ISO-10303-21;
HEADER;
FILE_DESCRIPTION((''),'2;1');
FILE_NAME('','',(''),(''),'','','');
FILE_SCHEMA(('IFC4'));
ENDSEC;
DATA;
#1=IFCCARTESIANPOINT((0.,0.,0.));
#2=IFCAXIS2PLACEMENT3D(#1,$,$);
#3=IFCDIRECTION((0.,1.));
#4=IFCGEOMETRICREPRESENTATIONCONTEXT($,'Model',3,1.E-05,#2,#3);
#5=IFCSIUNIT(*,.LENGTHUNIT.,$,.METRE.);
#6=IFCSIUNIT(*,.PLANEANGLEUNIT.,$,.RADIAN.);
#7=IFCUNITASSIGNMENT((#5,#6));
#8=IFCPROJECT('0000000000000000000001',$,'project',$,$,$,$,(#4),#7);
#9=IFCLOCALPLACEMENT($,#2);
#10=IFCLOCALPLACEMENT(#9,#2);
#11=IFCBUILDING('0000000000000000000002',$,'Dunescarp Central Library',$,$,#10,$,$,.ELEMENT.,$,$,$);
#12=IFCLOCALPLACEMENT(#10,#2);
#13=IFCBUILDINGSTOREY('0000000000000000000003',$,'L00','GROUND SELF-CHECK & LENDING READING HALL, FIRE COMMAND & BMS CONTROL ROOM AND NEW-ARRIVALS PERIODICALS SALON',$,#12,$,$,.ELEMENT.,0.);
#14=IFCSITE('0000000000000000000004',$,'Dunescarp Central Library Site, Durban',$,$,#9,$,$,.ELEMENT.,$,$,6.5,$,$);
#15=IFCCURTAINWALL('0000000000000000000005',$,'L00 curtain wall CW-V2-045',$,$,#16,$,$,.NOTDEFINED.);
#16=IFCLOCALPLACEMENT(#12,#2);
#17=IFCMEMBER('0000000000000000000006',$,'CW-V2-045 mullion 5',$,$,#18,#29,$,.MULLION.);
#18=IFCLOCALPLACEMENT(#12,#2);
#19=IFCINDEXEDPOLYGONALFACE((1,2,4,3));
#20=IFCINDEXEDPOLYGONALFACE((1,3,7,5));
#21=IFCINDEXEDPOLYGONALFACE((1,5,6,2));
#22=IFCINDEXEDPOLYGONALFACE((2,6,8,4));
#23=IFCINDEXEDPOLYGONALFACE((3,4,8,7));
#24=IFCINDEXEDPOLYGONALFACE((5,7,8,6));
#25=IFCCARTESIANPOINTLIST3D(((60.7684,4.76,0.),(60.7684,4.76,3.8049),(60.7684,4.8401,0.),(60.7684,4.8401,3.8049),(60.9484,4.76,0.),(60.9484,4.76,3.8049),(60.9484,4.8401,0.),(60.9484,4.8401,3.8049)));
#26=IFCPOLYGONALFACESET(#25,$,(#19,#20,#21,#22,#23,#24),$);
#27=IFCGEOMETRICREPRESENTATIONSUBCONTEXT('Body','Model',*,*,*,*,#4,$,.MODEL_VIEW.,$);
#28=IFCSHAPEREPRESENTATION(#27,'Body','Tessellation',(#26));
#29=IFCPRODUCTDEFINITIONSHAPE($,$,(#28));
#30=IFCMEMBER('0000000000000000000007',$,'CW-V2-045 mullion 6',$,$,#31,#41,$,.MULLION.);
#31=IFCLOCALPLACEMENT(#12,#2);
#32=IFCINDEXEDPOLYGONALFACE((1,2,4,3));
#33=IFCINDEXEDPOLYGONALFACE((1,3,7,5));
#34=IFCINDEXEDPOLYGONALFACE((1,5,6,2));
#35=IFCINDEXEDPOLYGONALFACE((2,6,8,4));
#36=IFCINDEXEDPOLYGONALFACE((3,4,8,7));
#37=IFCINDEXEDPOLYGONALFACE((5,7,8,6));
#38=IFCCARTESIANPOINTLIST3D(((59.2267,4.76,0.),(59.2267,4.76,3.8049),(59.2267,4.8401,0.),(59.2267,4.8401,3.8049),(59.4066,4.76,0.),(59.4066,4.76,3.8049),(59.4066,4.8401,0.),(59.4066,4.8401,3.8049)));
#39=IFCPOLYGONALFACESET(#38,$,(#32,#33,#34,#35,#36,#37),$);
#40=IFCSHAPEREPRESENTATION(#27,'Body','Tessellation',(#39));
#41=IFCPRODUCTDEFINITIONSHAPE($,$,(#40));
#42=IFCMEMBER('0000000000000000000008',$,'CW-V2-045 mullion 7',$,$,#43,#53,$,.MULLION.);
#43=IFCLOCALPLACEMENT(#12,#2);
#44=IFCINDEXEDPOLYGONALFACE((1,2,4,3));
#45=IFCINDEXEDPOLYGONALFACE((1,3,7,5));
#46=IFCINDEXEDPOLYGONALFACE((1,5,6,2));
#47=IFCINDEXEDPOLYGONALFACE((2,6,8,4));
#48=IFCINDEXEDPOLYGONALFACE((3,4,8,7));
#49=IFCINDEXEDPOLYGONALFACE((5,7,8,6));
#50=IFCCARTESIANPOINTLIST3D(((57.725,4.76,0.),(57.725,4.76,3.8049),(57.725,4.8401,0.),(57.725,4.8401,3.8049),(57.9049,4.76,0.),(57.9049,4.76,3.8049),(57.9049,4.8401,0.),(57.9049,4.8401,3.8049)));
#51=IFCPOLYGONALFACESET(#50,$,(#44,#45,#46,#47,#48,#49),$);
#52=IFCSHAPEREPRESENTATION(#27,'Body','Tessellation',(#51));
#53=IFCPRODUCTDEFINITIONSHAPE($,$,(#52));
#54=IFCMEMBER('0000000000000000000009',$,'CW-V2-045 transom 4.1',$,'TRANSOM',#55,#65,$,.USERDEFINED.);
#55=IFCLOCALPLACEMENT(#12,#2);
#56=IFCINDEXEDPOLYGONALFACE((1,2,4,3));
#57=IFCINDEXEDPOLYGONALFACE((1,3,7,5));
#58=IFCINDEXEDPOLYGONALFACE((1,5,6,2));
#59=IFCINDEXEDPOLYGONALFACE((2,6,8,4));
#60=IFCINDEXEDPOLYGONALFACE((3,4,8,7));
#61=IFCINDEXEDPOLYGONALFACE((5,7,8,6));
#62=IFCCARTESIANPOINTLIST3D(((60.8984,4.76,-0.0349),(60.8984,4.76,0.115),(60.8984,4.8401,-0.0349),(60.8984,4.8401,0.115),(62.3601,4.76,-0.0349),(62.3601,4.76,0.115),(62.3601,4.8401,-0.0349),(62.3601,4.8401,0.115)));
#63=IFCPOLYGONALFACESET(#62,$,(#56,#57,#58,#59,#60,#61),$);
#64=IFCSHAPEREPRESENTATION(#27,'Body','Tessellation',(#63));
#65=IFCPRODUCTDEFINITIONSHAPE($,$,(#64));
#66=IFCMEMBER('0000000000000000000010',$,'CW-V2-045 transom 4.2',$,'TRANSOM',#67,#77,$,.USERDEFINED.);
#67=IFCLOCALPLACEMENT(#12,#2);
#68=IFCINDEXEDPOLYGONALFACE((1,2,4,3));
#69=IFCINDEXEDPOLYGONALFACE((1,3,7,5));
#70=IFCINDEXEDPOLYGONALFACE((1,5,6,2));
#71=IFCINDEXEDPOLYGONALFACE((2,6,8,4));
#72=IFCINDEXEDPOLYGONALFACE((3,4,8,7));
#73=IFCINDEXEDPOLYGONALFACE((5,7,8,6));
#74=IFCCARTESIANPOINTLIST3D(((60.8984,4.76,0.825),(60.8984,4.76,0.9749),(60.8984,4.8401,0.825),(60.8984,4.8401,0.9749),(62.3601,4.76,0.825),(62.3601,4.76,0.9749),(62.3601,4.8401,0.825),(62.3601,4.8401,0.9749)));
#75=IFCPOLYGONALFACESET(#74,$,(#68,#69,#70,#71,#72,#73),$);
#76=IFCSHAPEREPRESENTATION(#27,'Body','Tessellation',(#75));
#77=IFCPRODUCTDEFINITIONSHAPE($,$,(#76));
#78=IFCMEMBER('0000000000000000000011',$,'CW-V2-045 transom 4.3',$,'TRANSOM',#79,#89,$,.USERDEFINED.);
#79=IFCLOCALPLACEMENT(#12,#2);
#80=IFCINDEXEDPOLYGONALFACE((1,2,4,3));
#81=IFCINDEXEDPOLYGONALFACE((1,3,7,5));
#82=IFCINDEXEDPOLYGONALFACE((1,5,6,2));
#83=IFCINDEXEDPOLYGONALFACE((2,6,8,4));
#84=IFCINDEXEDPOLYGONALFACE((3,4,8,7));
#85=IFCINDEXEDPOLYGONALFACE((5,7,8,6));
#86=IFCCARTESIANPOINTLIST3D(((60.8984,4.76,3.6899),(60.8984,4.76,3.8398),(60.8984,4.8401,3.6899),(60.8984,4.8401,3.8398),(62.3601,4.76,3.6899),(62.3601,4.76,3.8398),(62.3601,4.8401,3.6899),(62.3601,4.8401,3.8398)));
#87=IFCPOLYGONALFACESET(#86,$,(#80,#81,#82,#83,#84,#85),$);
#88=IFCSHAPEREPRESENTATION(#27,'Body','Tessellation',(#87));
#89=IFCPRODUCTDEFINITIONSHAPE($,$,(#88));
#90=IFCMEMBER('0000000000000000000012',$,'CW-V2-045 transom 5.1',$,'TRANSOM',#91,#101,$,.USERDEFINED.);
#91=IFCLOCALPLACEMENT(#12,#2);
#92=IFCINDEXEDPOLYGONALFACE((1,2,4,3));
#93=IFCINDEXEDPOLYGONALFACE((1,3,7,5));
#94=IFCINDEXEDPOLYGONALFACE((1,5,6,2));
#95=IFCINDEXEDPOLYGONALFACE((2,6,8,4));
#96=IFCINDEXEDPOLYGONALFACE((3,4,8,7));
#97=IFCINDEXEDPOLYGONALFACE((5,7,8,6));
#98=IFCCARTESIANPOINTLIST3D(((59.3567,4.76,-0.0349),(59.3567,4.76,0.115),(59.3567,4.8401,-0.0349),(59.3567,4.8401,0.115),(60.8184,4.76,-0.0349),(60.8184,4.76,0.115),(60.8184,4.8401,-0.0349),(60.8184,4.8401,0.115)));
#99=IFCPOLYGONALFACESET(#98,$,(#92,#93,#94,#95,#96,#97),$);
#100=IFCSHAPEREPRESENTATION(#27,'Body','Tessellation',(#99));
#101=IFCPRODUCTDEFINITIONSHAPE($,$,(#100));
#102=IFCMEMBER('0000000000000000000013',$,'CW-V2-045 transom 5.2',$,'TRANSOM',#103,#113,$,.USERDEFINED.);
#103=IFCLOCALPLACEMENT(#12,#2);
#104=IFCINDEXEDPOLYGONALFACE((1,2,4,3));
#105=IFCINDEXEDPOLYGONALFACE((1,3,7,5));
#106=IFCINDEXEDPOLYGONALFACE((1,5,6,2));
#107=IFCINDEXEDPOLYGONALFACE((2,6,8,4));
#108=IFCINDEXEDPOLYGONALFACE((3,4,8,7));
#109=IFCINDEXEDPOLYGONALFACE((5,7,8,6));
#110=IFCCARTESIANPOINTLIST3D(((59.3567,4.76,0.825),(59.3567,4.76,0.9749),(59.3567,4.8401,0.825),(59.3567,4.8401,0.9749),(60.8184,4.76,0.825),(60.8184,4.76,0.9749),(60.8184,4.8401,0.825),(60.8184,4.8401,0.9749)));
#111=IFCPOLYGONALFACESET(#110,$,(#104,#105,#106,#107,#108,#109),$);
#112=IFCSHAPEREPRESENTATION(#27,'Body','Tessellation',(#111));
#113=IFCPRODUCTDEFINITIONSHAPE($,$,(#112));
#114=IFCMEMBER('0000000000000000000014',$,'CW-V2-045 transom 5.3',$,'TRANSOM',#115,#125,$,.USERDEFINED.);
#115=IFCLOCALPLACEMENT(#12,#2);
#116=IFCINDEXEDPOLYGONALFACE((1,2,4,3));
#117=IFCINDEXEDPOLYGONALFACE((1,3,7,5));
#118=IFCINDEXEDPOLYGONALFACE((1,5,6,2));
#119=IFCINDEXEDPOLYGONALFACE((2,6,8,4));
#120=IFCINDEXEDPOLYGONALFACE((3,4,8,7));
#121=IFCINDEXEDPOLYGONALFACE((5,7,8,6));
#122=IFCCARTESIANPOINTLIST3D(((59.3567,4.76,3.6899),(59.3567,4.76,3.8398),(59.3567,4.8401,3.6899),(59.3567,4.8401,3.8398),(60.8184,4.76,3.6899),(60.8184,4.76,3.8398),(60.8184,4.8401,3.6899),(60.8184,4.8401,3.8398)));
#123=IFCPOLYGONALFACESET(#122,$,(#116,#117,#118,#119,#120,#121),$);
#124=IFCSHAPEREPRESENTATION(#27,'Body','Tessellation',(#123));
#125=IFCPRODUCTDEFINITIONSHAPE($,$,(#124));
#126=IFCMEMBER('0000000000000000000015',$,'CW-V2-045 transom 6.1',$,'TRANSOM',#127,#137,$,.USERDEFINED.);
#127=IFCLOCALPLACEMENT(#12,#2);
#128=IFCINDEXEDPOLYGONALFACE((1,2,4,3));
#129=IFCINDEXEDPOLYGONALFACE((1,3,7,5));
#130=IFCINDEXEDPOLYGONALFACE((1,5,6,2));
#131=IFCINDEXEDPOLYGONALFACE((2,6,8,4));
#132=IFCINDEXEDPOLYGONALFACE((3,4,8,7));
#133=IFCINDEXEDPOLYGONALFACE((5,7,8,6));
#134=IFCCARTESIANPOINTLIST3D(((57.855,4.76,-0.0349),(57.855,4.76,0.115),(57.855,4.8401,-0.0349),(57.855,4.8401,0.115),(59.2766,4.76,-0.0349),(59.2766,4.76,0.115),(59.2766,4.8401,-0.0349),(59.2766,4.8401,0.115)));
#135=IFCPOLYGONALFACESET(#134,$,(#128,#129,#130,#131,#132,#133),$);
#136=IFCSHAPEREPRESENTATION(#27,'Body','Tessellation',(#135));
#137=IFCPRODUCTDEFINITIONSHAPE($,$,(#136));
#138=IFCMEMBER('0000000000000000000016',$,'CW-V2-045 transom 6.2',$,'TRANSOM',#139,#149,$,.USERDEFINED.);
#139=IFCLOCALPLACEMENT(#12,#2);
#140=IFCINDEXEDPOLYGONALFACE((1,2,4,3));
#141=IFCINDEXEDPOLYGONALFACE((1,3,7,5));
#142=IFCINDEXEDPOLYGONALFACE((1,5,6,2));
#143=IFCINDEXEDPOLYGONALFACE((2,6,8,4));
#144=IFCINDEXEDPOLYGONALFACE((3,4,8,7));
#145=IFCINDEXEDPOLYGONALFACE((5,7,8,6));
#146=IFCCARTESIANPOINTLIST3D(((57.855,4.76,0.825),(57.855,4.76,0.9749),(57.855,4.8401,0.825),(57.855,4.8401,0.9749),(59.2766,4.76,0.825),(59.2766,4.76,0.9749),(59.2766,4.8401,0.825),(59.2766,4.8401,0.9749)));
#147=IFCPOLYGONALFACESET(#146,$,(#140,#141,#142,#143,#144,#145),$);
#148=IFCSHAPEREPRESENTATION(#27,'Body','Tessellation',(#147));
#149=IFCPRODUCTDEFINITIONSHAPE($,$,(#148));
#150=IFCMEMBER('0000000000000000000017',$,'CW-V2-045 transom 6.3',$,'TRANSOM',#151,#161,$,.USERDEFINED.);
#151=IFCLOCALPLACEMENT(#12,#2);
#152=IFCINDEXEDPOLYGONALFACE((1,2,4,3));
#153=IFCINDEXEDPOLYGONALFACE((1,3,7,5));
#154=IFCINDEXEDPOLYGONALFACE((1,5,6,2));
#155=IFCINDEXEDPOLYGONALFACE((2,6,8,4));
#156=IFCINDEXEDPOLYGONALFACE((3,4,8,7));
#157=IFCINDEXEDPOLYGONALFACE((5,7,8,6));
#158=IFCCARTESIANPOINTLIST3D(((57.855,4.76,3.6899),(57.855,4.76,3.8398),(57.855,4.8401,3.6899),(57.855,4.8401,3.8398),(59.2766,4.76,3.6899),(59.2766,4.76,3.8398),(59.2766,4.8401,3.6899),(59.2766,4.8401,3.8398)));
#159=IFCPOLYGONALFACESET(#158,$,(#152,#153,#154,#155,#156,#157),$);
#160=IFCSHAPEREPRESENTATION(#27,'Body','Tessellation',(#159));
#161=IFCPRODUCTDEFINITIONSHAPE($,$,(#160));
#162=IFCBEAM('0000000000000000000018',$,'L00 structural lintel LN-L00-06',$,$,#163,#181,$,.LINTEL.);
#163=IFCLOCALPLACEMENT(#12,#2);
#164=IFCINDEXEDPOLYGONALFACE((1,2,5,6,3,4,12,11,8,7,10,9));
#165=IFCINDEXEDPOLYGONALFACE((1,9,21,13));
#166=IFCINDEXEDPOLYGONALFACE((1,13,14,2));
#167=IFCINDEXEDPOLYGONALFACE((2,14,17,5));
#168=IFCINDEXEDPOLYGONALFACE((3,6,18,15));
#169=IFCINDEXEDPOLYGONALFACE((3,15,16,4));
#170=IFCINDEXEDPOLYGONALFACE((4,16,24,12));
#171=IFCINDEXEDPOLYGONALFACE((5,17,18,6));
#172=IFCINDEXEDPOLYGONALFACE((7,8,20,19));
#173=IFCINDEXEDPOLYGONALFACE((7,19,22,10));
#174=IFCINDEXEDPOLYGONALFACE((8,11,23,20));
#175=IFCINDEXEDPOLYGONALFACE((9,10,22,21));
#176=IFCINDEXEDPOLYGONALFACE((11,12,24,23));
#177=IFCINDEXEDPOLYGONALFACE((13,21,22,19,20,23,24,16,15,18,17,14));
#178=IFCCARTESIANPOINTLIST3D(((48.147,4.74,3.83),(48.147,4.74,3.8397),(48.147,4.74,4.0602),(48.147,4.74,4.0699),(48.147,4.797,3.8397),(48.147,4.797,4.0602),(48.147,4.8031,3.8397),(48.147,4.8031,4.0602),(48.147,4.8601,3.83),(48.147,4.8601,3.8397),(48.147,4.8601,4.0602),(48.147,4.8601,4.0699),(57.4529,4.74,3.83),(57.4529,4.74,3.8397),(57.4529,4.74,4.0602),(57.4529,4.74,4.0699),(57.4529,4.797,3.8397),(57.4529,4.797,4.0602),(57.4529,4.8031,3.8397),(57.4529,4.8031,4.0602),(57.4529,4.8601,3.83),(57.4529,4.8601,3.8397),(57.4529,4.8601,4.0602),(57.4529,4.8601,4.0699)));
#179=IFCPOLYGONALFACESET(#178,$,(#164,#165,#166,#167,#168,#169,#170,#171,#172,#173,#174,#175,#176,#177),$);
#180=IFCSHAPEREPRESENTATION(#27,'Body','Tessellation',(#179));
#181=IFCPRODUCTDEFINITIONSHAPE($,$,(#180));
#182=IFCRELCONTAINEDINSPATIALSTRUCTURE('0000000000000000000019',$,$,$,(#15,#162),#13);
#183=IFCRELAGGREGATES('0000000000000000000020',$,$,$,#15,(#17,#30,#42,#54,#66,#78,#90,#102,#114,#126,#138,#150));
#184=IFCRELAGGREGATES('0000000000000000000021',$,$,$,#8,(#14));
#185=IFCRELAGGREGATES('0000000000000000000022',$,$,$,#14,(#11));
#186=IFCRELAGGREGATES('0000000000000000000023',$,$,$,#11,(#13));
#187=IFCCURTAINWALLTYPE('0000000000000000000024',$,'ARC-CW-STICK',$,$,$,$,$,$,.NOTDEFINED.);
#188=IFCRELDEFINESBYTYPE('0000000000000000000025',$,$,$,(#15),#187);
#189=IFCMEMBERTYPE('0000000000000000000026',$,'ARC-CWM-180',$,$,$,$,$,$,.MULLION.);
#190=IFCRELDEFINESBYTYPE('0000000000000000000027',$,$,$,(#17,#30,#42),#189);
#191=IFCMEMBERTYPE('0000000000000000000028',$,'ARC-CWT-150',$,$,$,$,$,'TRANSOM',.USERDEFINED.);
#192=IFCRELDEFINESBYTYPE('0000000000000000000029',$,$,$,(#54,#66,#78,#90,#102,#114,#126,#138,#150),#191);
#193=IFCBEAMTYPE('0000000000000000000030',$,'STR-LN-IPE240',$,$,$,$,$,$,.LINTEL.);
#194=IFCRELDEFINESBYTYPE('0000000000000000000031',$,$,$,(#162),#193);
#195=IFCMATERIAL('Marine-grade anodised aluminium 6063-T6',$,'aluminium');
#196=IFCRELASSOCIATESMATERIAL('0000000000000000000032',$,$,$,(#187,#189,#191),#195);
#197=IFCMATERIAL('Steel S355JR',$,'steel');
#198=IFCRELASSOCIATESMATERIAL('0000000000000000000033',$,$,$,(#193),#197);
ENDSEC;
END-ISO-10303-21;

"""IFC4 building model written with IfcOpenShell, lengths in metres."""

from ifc_helpers import new_model, si_unit, direction, frame, origin, origin_2d, place, context, subcontext, project, spatial, rectangle, i_section, extrude, material, material_profile, profile_set, type_object, element, aggregate, save


model = new_model("IFC4")

# Units and contexts
model_context = context("Model", 3, precision=1e-05, world=origin(), true_north=direction((0.0, 1.0)))
body_context = subcontext(model_context, "Body", "Model", "MODEL_VIEW")
ifc_project = project(units=[si_unit("LENGTHUNIT", "METRE"), si_unit("PLANEANGLEUNIT", "RADIAN")], contexts=[model_context])

# Site, building, storey
site_placement = place(None, origin())
site = spatial("IfcSite", under=ifc_project, at=site_placement, Name="Dunescarp Central Library Site, Durban", CompositionType="ELEMENT", RefElevation=6.5)
building_placement = place(site_placement, origin())
building = spatial("IfcBuilding", under=site, at=building_placement, Name="Dunescarp Central Library", CompositionType="ELEMENT")
storey_placement = place(building_placement, origin())
storey = spatial("IfcBuildingStorey", under=building, at=storey_placement, Name="L00", Description="GROUND SELF-CHECK & LENDING READING HALL, FIRE COMMAND & BMS CONTROL ROOM AND NEW-ARRIVALS PERIODICALS SALON", CompositionType="ELEMENT", Elevation=0.0)

# Shared definitions
ifc_material_1 = material(Name="Steel S355JR", Category="steel")

# Curtain wall, members
ifc_material_2 = material(Name="Marine-grade anodised aluminium 6063-T6", Category="aluminium")
curtain_wall_type = type_object("IfcCurtainWallType", Name="ARC-CW-STICK", PredefinedType="NOTDEFINED", material=ifc_material_2)
curtain_wall_placement = place(storey_placement, origin())
curtain_wall = element("IfcCurtainWall", 1, at=curtain_wall_placement, inside=storey, type_object=curtain_wall_type, Name="L00 curtain wall CW-V2-045", PredefinedType="NOTDEFINED")
ifc_material_profile_1 = material_profile(ifc_material_2, rectangle(XDim=0.0801, YDim=0.1799, at=origin_2d()), Name="AL 80x180")
ifc_profile_set_1 = profile_set([ifc_material_profile_1], Name="Marine-grade anodised aluminium 6063-T6")
member_type_1 = type_object("IfcMemberType", Name="ARC-CWM-180", PredefinedType="MULLION", material=ifc_profile_set_1)
member_1_placement = place(storey_placement, frame((60.8584, 4.8, 0.0), z_axis=(0.0, 0.0, 1.0), x_axis=(0.0, -1.0, 0.0)))
member_1 = element("IfcMember", 2, at=member_1_placement, type_object=member_type_1, Name="CW-V2-045 mullion 5", PredefinedType="MULLION", context=body_context, shape_type="SweptSolid", body=[
    extrude(rectangle(XDim=0.0801, YDim=0.1799, at=origin_2d()), origin(), (0.0, 0.0, 1.0), 3.8049),
])
member_2_placement = place(storey_placement, frame((59.3167, 4.8, 0.0), z_axis=(0.0, 0.0, 1.0), x_axis=(0.0, -1.0, 0.0)))
member_2 = element("IfcMember", 3, at=member_2_placement, type_object=member_type_1, Name="CW-V2-045 mullion 6", PredefinedType="MULLION", context=body_context, shape_type="SweptSolid", body=[
    extrude(rectangle(XDim=0.0801, YDim=0.1799, at=origin_2d()), origin(), (0.0, 0.0, 1.0), 3.8049),
])
member_3_placement = place(storey_placement, frame((57.8149, 4.8, 0.0), z_axis=(0.0, 0.0, 1.0), x_axis=(0.0, -1.0, 0.0)))
member_3 = element("IfcMember", 4, at=member_3_placement, type_object=member_type_1, Name="CW-V2-045 mullion 7", PredefinedType="MULLION", context=body_context, shape_type="SweptSolid", body=[
    extrude(rectangle(XDim=0.0801, YDim=0.1799, at=origin_2d()), origin(), (0.0, 0.0, 1.0), 3.8049),
])
ifc_material_profile_2 = material_profile(ifc_material_2, rectangle(XDim=0.0801, YDim=0.1499, at=origin_2d()), Name="AL 80x150")
ifc_profile_set_2 = profile_set([ifc_material_profile_2], Name="Marine-grade anodised aluminium 6063-T6")
member_type_2 = type_object("IfcMemberType", Name="ARC-CWT-150", ElementType="TRANSOM", PredefinedType="USERDEFINED", material=ifc_profile_set_2)
member_4_placement = place(storey_placement, frame((62.3601, 4.8, 0.04), z_axis=(-1.0, 0.0, 0.0), x_axis=(0.0, -1.0, 0.0)))
member_4 = element("IfcMember", 5, at=member_4_placement, type_object=member_type_2, Name="CW-V2-045 transom 4.1", ObjectType="TRANSOM", PredefinedType="USERDEFINED", context=body_context, shape_type="SweptSolid", body=[
    extrude(rectangle(XDim=0.0801, YDim=0.1499, at=origin_2d()), origin(), (0.0, 0.0, 1.0), 1.4617),
])
member_5_placement = place(storey_placement, frame((62.3601, 4.8, 0.8999), z_axis=(-1.0, 0.0, 0.0), x_axis=(0.0, -1.0, 0.0)))
member_5 = element("IfcMember", 6, at=member_5_placement, type_object=member_type_2, Name="CW-V2-045 transom 4.2", ObjectType="TRANSOM", PredefinedType="USERDEFINED", context=body_context, shape_type="SweptSolid", body=[
    extrude(rectangle(XDim=0.0801, YDim=0.1499, at=origin_2d()), origin(), (0.0, 0.0, 1.0), 1.4617),
])
member_6_placement = place(storey_placement, frame((62.3601, 4.8, 3.7649), z_axis=(-1.0, 0.0, 0.0), x_axis=(0.0, -1.0, 0.0)))
member_6 = element("IfcMember", 7, at=member_6_placement, type_object=member_type_2, Name="CW-V2-045 transom 4.3", ObjectType="TRANSOM", PredefinedType="USERDEFINED", context=body_context, shape_type="SweptSolid", body=[
    extrude(rectangle(XDim=0.0801, YDim=0.1499, at=origin_2d()), origin(), (0.0, 0.0, 1.0), 1.4617),
])
member_7_placement = place(storey_placement, frame((60.8184, 4.8, 0.04), z_axis=(-1.0, 0.0, 0.0), x_axis=(0.0, -1.0, 0.0)))
member_7 = element("IfcMember", 8, at=member_7_placement, type_object=member_type_2, Name="CW-V2-045 transom 5.1", ObjectType="TRANSOM", PredefinedType="USERDEFINED", context=body_context, shape_type="SweptSolid", body=[
    extrude(rectangle(XDim=0.0801, YDim=0.1499, at=origin_2d()), origin(), (0.0, 0.0, 1.0), 1.4617),
])
member_8_placement = place(storey_placement, frame((60.8184, 4.8, 0.8999), z_axis=(-1.0, 0.0, 0.0), x_axis=(0.0, -1.0, 0.0)))
member_8 = element("IfcMember", 9, at=member_8_placement, type_object=member_type_2, Name="CW-V2-045 transom 5.2", ObjectType="TRANSOM", PredefinedType="USERDEFINED", context=body_context, shape_type="SweptSolid", body=[
    extrude(rectangle(XDim=0.0801, YDim=0.1499, at=origin_2d()), origin(), (0.0, 0.0, 1.0), 1.4617),
])
member_9_placement = place(storey_placement, frame((60.8184, 4.8, 3.7649), z_axis=(-1.0, 0.0, 0.0), x_axis=(0.0, -1.0, 0.0)))
member_9 = element("IfcMember", 10, at=member_9_placement, type_object=member_type_2, Name="CW-V2-045 transom 5.3", ObjectType="TRANSOM", PredefinedType="USERDEFINED", context=body_context, shape_type="SweptSolid", body=[
    extrude(rectangle(XDim=0.0801, YDim=0.1499, at=origin_2d()), origin(), (0.0, 0.0, 1.0), 1.4617),
])
member_10_placement = place(storey_placement, frame((59.2766, 4.8, 0.04), z_axis=(-1.0, 0.0, 0.0), x_axis=(0.0, -1.0, 0.0)))
member_10 = element("IfcMember", 11, at=member_10_placement, type_object=member_type_2, Name="CW-V2-045 transom 6.1", ObjectType="TRANSOM", PredefinedType="USERDEFINED", context=body_context, shape_type="SweptSolid", body=[
    extrude(rectangle(XDim=0.0801, YDim=0.1499, at=origin_2d()), origin(), (0.0, 0.0, 1.0), 1.4216),
])
member_11_placement = place(storey_placement, frame((59.2766, 4.8, 0.8999), z_axis=(-1.0, 0.0, 0.0), x_axis=(0.0, -1.0, 0.0)))
member_11 = element("IfcMember", 12, at=member_11_placement, type_object=member_type_2, Name="CW-V2-045 transom 6.2", ObjectType="TRANSOM", PredefinedType="USERDEFINED", context=body_context, shape_type="SweptSolid", body=[
    extrude(rectangle(XDim=0.0801, YDim=0.1499, at=origin_2d()), origin(), (0.0, 0.0, 1.0), 1.4216),
])
member_12_placement = place(storey_placement, frame((59.2766, 4.8, 3.7649), z_axis=(-1.0, 0.0, 0.0), x_axis=(0.0, -1.0, 0.0)))
member_12 = element("IfcMember", 13, at=member_12_placement, type_object=member_type_2, Name="CW-V2-045 transom 6.3", ObjectType="TRANSOM", PredefinedType="USERDEFINED", context=body_context, shape_type="SweptSolid", body=[
    extrude(rectangle(XDim=0.0801, YDim=0.1499, at=origin_2d()), origin(), (0.0, 0.0, 1.0), 1.4216),
])

# Beam
ifc_material_profile_3 = material_profile(ifc_material_1, i_section(OverallWidth=0.1201, OverallDepth=0.24, WebThickness=0.0061, FlangeThickness=0.0098, at=origin_2d()), Name="IPE 240")
ifc_profile_set_3 = profile_set([ifc_material_profile_3], Name="Steel S355JR")
beam_type = type_object("IfcBeamType", Name="STR-LN-IPE240", PredefinedType="LINTEL", material=ifc_profile_set_3)
beam_placement = place(storey_placement, frame((48.147, 4.8, 3.95), z_axis=(1.0, 0.0, 0.0), x_axis=(0.0, 1.0, 0.0)))
element("IfcBeam", 14, at=beam_placement, inside=storey, type_object=beam_type, Name="L00 structural lintel LN-L00-06", PredefinedType="LINTEL", context=body_context, shape_type="SweptSolid", body=[
    extrude(i_section(OverallWidth=0.1201, OverallDepth=0.24, WebThickness=0.0061, FlangeThickness=0.0098, at=origin_2d()), origin(), (0.0, 0.0, 1.0), 9.3059),
])

aggregate(curtain_wall, [member_1, member_2, member_3, member_4, member_5, member_6, member_7, member_8, member_9, member_10, member_11, member_12])

save(model, "model.ifc")
